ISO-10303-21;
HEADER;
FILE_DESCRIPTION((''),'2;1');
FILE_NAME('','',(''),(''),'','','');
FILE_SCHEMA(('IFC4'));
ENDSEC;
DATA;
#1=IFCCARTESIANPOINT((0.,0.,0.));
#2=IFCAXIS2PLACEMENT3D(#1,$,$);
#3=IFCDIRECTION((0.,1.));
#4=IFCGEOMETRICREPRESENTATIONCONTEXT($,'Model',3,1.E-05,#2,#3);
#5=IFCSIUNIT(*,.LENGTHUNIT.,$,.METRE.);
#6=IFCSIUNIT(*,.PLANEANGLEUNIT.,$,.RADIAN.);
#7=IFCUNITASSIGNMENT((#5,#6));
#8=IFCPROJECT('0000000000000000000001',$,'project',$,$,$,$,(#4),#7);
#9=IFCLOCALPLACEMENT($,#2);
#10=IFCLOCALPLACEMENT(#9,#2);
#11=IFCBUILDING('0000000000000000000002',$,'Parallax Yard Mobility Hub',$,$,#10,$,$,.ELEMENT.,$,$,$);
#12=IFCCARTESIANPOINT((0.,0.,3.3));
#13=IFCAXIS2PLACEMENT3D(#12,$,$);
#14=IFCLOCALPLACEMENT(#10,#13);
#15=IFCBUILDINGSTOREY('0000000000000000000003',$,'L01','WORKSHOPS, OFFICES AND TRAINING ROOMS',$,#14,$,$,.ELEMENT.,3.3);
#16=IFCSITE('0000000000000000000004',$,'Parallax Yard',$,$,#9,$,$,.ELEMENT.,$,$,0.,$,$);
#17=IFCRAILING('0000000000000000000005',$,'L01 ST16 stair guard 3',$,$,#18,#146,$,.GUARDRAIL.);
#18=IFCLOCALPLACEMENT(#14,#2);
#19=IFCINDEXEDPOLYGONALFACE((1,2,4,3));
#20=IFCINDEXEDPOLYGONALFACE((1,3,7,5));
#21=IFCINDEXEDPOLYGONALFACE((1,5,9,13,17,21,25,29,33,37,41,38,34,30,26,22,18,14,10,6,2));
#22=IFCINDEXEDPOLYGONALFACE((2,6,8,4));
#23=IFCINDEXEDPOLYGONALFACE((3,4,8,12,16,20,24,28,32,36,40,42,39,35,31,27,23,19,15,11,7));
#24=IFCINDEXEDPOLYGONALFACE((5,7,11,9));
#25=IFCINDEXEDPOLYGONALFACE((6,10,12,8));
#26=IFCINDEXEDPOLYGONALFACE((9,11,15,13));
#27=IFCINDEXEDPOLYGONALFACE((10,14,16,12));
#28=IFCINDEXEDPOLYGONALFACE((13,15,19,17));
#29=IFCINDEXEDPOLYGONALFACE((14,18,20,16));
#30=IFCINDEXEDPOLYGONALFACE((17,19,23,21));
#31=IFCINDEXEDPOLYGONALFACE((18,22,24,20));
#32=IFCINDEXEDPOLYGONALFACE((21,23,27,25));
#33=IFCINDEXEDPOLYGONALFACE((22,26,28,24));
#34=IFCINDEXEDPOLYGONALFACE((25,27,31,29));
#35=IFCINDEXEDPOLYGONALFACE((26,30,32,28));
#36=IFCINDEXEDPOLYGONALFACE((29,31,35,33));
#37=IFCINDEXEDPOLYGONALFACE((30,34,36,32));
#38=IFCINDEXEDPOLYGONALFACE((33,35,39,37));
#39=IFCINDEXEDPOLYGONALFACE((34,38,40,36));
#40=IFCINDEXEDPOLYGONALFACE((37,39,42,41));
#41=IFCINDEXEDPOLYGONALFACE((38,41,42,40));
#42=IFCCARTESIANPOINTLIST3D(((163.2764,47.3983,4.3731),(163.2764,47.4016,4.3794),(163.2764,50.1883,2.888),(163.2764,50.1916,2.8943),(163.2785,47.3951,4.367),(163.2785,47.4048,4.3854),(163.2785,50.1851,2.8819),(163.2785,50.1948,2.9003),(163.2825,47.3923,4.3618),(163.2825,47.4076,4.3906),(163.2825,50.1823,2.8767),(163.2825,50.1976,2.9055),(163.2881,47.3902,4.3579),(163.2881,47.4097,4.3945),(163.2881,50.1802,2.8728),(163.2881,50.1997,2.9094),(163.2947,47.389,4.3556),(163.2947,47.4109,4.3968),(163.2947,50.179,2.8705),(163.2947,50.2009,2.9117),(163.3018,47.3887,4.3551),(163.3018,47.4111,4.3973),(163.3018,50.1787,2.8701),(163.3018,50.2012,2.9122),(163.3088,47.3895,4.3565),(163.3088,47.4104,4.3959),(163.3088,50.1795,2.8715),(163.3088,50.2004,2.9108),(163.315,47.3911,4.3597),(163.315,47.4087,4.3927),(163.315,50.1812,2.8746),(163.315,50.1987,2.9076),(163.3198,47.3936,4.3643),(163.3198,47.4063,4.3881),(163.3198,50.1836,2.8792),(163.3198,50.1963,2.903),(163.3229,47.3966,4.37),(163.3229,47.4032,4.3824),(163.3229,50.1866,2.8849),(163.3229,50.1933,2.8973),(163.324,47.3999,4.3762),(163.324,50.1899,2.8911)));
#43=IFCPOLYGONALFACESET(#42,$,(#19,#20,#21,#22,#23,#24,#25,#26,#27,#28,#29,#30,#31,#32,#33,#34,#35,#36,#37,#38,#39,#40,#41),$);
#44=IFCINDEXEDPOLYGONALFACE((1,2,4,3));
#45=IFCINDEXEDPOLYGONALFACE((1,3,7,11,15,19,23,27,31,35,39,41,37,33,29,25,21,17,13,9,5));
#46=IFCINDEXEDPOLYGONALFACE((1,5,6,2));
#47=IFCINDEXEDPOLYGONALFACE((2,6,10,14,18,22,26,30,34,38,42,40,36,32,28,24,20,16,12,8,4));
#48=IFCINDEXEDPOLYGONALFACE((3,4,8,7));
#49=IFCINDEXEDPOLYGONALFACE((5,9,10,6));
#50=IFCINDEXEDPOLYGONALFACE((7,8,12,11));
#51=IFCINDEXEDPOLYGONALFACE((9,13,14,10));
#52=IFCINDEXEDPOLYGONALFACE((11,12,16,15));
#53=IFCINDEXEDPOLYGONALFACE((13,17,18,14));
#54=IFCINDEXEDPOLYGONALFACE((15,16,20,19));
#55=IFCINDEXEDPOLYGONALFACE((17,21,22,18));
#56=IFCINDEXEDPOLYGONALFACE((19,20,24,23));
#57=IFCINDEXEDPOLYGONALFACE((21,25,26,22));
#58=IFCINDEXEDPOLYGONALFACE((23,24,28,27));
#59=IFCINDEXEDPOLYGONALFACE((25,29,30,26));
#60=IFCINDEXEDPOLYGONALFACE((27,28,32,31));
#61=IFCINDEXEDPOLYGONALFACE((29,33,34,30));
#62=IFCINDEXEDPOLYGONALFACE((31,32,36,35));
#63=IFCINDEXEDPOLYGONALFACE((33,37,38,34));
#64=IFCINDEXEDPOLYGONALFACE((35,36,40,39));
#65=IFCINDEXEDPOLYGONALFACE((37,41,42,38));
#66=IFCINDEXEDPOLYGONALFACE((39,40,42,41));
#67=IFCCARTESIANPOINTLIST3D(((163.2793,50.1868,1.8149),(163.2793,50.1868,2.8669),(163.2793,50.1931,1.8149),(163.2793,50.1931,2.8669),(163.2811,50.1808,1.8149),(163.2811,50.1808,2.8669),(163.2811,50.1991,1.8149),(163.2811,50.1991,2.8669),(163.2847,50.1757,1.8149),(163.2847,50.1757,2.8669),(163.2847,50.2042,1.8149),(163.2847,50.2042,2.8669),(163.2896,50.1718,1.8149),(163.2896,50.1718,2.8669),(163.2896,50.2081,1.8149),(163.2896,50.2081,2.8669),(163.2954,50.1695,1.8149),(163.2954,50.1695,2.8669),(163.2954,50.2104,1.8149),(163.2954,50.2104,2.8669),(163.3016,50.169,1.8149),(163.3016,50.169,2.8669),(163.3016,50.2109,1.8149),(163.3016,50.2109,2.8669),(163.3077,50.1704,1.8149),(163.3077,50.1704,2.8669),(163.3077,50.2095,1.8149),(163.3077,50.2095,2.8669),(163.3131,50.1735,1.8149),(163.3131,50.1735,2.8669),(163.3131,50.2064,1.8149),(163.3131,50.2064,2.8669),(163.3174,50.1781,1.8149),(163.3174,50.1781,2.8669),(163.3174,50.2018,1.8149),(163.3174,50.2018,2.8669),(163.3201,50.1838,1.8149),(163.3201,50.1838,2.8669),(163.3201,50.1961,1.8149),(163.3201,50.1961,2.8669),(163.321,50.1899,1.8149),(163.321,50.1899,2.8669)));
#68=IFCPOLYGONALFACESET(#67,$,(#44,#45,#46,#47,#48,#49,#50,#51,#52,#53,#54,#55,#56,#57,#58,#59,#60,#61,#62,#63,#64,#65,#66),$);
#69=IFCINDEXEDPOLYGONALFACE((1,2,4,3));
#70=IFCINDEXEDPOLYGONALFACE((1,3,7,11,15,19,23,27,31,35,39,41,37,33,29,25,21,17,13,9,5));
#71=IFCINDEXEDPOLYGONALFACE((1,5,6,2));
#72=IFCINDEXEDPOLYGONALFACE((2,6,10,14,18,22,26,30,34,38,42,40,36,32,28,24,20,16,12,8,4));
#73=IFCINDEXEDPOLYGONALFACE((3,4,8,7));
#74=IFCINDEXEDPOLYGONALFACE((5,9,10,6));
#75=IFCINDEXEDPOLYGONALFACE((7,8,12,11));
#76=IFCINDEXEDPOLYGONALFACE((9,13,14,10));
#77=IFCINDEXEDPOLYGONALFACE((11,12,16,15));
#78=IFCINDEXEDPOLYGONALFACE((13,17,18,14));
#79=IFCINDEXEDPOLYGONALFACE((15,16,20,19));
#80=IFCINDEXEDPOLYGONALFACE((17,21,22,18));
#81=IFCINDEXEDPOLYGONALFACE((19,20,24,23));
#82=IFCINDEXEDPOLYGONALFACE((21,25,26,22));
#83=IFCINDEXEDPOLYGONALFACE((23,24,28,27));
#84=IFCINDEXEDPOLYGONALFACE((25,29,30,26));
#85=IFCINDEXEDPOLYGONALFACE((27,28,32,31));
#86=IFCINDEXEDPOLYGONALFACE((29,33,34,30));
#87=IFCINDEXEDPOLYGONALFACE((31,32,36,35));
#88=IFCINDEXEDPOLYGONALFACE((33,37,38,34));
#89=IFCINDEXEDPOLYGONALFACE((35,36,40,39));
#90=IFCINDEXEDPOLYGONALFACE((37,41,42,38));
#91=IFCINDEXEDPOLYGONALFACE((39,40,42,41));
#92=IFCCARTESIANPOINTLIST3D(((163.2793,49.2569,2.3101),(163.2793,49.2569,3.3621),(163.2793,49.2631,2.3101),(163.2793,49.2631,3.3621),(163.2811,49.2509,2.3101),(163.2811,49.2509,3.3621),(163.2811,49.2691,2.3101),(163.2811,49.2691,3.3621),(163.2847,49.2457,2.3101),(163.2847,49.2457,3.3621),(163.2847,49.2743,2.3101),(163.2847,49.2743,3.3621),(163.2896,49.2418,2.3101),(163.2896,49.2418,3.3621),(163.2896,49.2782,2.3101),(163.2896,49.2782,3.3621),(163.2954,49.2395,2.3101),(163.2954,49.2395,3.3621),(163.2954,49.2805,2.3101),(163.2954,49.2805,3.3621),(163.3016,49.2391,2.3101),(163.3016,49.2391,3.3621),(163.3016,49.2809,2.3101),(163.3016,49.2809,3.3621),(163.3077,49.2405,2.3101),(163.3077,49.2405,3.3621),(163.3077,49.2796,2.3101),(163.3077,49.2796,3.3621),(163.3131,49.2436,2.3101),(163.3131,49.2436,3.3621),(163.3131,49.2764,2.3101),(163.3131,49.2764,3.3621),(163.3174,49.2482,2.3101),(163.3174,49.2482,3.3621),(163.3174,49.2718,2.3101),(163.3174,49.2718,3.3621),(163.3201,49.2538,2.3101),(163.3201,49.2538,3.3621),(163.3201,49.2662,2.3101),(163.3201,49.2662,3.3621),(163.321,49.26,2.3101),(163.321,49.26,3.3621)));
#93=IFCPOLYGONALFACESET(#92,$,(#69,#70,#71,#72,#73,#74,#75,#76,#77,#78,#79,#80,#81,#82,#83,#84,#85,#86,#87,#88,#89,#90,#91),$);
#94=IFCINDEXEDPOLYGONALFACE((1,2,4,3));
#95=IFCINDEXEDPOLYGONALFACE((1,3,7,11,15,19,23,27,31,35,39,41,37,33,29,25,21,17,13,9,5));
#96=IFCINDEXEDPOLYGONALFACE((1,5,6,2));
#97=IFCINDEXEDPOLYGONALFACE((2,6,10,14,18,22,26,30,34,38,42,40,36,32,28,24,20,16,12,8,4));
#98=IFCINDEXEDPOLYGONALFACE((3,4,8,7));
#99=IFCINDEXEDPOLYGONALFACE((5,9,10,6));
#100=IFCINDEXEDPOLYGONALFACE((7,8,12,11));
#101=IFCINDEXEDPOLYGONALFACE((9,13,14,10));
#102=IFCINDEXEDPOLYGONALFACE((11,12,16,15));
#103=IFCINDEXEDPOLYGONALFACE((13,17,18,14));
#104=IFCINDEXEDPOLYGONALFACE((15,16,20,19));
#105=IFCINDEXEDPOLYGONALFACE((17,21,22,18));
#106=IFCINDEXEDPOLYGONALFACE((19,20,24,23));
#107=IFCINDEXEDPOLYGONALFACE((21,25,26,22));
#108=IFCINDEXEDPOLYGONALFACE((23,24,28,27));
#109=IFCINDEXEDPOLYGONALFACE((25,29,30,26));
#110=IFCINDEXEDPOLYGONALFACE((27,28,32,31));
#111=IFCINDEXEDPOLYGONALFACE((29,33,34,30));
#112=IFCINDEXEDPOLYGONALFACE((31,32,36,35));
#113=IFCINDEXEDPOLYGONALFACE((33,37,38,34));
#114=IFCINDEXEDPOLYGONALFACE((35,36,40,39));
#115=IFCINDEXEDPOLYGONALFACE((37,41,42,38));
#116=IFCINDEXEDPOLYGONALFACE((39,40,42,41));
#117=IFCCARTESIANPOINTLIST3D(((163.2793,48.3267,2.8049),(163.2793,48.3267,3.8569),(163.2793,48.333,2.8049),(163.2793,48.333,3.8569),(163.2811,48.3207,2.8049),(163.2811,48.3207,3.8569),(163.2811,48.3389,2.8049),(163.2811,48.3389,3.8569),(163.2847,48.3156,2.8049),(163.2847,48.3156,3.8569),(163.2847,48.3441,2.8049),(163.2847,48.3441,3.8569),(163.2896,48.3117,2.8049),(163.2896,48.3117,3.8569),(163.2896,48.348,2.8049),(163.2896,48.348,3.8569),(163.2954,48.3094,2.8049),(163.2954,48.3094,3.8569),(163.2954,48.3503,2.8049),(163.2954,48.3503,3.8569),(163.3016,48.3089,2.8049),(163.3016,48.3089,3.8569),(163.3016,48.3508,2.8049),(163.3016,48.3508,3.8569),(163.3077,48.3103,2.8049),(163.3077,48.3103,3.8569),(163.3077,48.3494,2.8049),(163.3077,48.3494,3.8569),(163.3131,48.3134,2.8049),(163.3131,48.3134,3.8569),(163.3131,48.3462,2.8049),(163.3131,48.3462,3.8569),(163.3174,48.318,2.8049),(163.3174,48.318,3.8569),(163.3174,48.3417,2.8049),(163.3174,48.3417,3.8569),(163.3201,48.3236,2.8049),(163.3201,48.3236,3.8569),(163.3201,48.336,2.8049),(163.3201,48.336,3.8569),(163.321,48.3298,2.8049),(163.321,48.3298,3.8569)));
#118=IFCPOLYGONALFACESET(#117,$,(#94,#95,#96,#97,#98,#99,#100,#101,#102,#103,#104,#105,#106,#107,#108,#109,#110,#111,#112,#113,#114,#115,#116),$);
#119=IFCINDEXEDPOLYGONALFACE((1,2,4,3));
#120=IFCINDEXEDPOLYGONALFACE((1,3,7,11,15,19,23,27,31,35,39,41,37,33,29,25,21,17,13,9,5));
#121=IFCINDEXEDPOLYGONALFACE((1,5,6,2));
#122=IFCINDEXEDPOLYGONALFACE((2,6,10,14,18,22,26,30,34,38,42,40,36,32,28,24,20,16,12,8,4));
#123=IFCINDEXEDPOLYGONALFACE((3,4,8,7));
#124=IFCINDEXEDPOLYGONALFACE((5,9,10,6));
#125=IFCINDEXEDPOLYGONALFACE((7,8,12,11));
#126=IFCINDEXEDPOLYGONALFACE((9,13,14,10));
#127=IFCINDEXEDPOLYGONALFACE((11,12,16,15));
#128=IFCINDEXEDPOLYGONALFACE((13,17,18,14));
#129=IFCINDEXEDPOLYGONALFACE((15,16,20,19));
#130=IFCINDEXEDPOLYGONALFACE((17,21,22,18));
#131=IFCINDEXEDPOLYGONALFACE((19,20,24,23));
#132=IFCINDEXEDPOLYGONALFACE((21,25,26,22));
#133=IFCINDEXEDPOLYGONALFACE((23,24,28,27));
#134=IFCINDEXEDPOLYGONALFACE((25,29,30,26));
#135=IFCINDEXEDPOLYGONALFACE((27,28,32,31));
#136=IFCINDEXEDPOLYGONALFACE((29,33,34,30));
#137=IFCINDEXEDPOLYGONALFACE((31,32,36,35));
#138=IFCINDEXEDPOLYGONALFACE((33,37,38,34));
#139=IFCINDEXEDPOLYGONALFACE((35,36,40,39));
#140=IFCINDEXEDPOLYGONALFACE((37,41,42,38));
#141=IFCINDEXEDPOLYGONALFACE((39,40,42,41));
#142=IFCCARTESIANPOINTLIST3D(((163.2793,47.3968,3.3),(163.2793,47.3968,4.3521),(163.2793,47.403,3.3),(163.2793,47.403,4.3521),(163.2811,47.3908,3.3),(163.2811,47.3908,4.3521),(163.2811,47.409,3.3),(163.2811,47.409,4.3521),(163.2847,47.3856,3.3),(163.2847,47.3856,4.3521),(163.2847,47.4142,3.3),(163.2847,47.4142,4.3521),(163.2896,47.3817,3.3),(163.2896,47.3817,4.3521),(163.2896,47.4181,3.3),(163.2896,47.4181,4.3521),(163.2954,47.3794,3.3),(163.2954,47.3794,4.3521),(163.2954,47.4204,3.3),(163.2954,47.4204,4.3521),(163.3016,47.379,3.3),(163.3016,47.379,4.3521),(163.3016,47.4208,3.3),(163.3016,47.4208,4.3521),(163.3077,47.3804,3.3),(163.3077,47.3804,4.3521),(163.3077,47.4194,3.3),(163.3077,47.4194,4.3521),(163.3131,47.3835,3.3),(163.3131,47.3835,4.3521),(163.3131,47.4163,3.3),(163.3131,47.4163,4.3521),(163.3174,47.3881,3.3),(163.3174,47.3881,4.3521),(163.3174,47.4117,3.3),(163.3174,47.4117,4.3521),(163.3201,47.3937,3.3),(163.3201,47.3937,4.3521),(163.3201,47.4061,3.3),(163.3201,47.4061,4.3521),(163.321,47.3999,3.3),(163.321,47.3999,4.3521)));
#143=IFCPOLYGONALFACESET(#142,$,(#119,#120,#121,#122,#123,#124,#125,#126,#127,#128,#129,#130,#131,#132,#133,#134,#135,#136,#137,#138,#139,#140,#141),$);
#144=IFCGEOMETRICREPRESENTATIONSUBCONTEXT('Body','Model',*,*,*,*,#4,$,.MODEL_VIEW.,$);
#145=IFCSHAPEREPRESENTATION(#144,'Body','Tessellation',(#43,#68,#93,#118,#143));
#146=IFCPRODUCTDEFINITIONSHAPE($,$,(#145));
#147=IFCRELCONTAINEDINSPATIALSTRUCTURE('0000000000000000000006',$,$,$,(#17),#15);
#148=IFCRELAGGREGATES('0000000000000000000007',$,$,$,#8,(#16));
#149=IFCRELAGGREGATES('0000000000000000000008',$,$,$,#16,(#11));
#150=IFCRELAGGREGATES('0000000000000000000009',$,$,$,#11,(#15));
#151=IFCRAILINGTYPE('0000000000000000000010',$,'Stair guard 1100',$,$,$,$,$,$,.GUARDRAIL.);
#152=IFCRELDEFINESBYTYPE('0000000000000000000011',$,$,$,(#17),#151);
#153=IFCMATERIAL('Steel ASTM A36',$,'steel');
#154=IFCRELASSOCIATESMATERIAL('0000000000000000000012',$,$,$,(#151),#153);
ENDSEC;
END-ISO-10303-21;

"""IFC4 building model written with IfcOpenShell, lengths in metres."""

from ifc_helpers import new_model, si_unit, direction, frame, origin, origin_2d, place, context, subcontext, project, spatial, circle, extrude, material, type_object, element, save


model = new_model("IFC4")

# Units and contexts
model_context = context("Model", 3, precision=1e-05, world=origin(), true_north=direction((0.0, 1.0)))
body_context = subcontext(model_context, "Body", "Model", "MODEL_VIEW")
ifc_project = project(units=[si_unit("LENGTHUNIT", "METRE"), si_unit("PLANEANGLEUNIT", "RADIAN")], contexts=[model_context])

# Site, building, storey
site_placement = place(None, origin())
site = spatial("IfcSite", under=ifc_project, at=site_placement, Name="Parallax Yard", CompositionType="ELEMENT", RefElevation=0.0)
building_placement = place(site_placement, origin())
building = spatial("IfcBuilding", under=site, at=building_placement, Name="Parallax Yard Mobility Hub", CompositionType="ELEMENT")
storey_placement = place(building_placement, frame((0.0, 0.0, 3.3)))
storey = spatial("IfcBuildingStorey", under=building, at=storey_placement, Name="L01", Description="WORKSHOPS, OFFICES AND TRAINING ROOMS", CompositionType="ELEMENT", Elevation=3.3)

# Railing
ifc_material_1 = material(Name="Steel ASTM A36", Category="steel")
railing_type_1 = type_object("IfcRailingType", Name="Stair guard 1100", PredefinedType="GUARDRAIL", material=ifc_material_1)
railing_1_placement = place(storey_placement, frame((163.3, 50.1899, 1.8149)))
element("IfcRailing", 1, at=railing_1_placement, inside=storey, type_object=railing_type_1, Name="L01 ST16 stair guard 3", PredefinedType="GUARDRAIL", context=body_context, shape_type="SweptSolid", body=[
    extrude(circle(Radius=0.0239, at=origin_2d()), frame((0.0, 0.0, 1.0762), z_axis=(0.0, -0.882735, 0.46987), x_axis=(1.0, 0.0, 0.0)), (0.0, 0.0, 1.0), 3.1606),
    extrude(circle(Radius=0.021, at=origin_2d()), origin(), (0.0, 0.0, 1.0), 1.052),
    extrude(circle(Radius=0.021, at=origin_2d()), frame((0.0, -0.9299, 0.4951)), (0.0, 0.0, 1.0), 1.052),
    extrude(circle(Radius=0.021, at=origin_2d()), frame((0.0, -1.8601, 0.99)), (0.0, 0.0, 1.0), 1.052),
    extrude(circle(Radius=0.021, at=origin_2d()), frame((0.0, -2.79, 1.4851)), (0.0, 0.0, 1.0), 1.052),
])

save(model, "model.ifc")
